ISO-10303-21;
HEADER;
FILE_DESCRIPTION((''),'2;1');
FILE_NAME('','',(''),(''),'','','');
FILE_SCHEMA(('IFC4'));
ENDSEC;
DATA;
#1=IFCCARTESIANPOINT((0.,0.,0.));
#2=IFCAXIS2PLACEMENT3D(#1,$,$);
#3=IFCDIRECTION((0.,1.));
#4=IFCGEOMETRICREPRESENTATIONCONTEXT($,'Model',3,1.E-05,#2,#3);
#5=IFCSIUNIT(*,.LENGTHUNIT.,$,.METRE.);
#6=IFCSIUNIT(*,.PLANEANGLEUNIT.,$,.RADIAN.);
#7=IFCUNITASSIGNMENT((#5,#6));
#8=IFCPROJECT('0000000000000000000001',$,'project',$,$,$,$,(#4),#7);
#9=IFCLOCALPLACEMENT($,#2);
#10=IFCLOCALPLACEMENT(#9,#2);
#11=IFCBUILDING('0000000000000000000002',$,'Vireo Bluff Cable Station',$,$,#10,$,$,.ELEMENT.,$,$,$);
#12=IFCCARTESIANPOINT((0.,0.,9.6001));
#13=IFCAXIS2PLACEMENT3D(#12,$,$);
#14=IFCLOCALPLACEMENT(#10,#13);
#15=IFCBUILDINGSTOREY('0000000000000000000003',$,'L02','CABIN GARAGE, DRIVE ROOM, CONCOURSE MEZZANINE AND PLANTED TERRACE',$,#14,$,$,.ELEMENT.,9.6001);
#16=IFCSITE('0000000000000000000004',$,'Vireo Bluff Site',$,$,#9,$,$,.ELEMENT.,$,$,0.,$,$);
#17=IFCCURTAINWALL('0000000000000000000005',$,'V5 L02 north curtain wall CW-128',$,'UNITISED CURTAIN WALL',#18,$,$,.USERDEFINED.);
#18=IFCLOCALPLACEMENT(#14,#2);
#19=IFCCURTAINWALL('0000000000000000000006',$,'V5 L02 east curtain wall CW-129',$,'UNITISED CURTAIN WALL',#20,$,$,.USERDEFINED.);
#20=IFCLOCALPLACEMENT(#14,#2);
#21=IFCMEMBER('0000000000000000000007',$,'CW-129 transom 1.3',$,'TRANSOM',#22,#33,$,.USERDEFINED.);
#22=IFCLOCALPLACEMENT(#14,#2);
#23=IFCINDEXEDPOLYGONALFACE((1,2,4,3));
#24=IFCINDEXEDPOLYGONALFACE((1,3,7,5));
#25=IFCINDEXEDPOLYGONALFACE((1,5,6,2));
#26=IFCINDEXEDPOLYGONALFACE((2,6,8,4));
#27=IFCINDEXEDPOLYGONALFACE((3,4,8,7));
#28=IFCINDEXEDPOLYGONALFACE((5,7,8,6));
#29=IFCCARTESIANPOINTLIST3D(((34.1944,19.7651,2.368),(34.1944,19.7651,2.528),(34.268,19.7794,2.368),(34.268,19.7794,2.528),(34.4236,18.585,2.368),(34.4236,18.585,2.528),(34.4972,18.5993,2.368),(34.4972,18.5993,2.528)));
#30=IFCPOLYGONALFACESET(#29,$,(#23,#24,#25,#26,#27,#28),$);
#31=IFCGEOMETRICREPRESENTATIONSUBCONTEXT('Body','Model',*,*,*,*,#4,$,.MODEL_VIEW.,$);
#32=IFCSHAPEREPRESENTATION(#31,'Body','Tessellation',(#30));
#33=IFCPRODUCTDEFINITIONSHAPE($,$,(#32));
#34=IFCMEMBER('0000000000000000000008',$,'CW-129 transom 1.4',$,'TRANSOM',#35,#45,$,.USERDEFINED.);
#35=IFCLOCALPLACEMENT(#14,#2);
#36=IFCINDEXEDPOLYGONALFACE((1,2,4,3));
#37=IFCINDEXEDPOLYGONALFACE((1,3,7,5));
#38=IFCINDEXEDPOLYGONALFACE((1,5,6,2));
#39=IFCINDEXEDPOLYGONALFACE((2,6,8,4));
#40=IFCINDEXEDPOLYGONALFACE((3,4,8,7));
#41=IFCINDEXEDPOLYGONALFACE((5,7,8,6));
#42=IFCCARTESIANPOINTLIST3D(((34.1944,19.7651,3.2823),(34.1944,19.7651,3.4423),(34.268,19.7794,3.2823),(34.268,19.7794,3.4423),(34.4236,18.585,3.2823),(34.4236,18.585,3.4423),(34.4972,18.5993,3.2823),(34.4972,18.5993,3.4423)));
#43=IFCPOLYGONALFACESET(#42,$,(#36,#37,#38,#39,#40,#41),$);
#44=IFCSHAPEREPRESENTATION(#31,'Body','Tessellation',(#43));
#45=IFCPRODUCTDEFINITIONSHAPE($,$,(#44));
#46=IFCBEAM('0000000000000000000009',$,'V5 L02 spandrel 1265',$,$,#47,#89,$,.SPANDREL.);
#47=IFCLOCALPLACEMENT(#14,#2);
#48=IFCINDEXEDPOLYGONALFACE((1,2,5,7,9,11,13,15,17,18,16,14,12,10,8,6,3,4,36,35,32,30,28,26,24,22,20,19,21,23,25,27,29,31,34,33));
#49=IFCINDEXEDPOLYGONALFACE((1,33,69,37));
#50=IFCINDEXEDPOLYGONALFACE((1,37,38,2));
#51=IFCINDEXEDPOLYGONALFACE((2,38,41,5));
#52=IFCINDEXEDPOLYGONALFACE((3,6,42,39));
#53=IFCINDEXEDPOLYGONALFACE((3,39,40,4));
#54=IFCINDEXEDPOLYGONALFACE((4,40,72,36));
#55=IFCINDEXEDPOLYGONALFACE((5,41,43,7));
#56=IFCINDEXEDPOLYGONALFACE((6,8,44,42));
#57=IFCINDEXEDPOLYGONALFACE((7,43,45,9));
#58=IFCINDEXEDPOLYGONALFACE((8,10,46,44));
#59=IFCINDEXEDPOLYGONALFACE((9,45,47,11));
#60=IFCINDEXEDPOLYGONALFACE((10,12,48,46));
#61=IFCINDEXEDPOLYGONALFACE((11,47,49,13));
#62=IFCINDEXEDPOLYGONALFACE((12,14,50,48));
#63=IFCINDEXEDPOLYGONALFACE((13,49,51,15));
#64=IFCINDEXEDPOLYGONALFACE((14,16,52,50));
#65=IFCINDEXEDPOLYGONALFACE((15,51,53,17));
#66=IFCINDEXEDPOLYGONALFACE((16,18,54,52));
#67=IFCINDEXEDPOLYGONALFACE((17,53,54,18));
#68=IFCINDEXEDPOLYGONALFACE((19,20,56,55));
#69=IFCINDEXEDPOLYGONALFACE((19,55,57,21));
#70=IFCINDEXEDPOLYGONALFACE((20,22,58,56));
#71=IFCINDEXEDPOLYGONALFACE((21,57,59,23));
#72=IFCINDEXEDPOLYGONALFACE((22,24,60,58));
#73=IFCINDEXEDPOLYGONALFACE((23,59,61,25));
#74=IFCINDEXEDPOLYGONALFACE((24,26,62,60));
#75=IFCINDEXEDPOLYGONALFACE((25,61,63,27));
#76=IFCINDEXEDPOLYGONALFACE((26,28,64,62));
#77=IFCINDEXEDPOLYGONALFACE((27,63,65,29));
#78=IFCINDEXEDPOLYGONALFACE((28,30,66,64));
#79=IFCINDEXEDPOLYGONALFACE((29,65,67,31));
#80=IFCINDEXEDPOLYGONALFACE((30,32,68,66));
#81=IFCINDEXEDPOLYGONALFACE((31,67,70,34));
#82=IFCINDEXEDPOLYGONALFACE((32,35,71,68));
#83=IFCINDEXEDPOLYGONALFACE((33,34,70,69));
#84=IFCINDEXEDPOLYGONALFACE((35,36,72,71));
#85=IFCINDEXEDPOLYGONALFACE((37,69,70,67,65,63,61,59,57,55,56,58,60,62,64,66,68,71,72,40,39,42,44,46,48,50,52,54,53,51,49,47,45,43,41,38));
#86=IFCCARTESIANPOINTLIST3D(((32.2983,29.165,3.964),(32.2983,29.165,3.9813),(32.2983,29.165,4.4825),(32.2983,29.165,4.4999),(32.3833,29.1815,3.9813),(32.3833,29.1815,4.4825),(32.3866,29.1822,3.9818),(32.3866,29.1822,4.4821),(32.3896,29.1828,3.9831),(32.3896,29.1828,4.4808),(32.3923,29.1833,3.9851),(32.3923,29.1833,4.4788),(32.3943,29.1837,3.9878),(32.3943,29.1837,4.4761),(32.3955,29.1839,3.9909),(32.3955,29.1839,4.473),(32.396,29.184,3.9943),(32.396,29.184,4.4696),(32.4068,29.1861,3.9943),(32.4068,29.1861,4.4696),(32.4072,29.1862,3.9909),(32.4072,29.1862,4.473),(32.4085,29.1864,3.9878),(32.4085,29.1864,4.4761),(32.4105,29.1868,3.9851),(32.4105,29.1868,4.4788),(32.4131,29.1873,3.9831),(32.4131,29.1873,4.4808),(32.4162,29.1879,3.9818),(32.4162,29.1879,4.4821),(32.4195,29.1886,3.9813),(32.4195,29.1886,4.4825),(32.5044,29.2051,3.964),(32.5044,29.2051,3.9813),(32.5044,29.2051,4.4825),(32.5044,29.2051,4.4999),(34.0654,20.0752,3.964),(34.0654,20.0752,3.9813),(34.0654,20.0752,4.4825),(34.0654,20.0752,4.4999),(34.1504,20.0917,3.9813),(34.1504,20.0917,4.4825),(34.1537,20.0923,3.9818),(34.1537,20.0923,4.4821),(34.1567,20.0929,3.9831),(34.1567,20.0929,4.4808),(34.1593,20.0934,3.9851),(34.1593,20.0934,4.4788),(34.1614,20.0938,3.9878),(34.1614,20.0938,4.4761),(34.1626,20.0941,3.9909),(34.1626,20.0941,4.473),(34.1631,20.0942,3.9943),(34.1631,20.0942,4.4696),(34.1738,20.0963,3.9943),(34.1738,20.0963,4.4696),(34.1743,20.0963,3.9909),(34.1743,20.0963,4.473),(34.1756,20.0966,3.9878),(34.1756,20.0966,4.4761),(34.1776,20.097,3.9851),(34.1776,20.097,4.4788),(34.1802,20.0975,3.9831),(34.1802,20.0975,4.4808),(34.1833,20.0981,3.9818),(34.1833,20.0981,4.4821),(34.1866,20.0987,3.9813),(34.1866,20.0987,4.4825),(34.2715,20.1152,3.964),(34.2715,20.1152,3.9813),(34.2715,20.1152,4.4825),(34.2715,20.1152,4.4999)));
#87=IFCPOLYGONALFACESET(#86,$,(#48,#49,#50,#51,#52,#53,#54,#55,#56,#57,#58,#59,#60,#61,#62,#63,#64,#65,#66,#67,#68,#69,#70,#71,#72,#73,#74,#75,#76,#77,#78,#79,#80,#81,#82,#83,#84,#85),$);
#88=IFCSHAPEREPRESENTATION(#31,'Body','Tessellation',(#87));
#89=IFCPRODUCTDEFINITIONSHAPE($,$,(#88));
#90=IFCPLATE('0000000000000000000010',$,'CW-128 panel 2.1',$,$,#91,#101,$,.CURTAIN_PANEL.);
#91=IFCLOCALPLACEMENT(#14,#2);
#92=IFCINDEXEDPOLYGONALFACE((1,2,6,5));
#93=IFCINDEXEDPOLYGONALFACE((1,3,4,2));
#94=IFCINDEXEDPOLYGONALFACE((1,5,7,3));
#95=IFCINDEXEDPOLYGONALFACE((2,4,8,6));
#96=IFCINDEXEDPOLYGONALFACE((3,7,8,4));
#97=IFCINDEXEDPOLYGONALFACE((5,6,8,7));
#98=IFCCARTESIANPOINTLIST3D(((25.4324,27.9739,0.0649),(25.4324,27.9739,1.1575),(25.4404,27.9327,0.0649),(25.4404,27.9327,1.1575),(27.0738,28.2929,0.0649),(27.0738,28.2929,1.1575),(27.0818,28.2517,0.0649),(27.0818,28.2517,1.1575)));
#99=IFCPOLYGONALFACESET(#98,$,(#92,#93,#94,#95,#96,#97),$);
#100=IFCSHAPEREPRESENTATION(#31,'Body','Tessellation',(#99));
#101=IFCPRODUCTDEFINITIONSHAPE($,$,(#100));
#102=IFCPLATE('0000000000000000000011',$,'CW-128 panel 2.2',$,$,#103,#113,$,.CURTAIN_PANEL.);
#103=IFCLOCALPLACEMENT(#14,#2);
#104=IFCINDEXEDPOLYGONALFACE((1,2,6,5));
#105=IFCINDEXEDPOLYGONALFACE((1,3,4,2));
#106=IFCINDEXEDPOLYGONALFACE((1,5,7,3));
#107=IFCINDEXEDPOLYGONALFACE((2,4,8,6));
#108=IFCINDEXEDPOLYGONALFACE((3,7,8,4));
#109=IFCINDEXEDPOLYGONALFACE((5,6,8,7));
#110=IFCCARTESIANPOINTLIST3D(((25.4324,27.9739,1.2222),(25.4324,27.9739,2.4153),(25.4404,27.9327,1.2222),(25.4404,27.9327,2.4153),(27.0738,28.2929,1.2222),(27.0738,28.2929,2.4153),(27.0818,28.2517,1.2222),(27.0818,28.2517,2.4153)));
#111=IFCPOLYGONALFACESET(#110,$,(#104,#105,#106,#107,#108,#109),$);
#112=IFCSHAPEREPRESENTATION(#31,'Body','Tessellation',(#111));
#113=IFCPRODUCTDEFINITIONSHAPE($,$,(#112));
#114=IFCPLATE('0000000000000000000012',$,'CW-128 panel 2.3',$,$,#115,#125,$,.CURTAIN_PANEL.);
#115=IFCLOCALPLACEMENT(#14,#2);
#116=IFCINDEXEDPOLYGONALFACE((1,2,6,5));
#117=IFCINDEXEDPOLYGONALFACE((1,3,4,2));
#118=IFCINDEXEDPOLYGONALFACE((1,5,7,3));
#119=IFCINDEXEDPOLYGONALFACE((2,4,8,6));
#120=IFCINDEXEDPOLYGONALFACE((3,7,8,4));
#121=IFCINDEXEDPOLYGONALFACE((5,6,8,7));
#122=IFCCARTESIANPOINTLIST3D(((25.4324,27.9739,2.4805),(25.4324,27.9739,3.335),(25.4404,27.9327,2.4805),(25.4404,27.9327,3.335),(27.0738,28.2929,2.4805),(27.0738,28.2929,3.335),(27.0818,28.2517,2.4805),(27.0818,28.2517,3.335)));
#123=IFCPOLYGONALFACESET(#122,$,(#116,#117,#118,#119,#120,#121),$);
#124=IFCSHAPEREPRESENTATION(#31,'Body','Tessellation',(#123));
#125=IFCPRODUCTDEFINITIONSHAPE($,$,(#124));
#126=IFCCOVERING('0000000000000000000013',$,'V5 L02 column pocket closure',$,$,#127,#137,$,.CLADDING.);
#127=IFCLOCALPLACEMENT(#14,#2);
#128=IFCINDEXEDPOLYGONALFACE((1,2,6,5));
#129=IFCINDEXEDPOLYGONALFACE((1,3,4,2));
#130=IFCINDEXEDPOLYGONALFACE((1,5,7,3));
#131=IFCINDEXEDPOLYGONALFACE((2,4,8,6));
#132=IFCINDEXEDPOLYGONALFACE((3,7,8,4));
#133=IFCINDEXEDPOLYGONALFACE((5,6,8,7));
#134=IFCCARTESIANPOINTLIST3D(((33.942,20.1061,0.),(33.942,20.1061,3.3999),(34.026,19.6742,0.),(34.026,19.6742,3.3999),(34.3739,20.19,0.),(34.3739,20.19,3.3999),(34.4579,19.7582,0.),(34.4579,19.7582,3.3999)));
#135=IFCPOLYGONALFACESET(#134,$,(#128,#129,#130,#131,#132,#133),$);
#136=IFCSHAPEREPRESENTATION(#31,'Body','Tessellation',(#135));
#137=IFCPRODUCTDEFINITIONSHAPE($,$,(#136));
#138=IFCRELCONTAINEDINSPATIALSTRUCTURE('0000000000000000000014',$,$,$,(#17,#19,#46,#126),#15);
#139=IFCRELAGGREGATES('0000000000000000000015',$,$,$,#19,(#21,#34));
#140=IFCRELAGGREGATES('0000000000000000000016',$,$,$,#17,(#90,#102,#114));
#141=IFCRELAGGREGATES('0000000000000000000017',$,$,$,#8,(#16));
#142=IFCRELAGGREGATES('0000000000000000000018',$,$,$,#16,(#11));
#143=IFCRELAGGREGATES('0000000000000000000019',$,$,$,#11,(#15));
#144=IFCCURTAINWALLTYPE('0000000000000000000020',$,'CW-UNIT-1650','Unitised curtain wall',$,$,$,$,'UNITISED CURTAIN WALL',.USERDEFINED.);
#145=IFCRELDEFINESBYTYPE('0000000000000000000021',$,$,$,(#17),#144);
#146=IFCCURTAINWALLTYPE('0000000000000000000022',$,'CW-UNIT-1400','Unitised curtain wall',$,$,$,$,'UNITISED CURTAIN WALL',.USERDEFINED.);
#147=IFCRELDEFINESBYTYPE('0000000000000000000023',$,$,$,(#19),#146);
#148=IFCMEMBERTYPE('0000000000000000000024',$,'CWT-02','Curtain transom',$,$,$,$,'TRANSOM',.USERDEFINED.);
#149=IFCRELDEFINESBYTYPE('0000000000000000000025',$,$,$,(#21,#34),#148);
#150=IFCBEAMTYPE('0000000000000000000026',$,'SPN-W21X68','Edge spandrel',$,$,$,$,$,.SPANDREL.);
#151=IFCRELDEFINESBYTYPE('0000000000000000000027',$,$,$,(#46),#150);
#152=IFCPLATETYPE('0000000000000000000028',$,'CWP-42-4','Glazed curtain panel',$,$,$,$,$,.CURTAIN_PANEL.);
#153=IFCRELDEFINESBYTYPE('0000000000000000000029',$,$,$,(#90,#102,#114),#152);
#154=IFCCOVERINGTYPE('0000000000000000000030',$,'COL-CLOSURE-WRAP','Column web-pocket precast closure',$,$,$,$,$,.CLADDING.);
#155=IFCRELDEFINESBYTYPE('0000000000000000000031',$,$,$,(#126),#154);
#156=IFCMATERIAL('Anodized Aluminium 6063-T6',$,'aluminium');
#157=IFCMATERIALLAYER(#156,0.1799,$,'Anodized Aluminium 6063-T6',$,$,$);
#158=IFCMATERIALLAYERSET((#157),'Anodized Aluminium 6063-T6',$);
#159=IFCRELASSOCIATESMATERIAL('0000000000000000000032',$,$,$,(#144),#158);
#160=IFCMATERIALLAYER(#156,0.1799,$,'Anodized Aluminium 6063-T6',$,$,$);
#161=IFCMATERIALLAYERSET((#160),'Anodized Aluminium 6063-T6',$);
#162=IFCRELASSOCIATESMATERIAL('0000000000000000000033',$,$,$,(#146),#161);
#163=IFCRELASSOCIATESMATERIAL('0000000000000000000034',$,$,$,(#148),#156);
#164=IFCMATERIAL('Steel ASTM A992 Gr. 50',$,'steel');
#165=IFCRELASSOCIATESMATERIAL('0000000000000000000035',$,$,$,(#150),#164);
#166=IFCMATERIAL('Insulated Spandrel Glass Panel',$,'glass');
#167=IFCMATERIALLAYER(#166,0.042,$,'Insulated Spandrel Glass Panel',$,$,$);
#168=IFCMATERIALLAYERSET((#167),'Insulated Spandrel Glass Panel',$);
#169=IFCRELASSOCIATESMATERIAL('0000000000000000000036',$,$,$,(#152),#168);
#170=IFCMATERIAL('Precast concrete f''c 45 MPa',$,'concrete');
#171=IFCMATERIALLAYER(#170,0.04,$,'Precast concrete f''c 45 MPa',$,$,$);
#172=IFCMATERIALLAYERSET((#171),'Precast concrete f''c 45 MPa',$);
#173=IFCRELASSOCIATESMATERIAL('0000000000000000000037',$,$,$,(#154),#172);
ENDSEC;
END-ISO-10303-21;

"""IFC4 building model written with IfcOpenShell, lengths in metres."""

from ifc_helpers import new_model, si_unit, direction, frame, origin, origin_2d, place, context, subcontext, project, spatial, rectangle, i_section, extrude, material, layer, layer_set, material_profile, profile_set, type_object, element, aggregate, save


model = new_model("IFC4")

# Units and contexts
model_context = context("Model", 3, precision=1e-05, world=origin(), true_north=direction((0.0, 1.0)))
body_context = subcontext(model_context, "Body", "Model", "MODEL_VIEW")
ifc_project = project(units=[si_unit("LENGTHUNIT", "METRE"), si_unit("PLANEANGLEUNIT", "RADIAN")], contexts=[model_context])

# Site, building, storey
site_placement = place(None, origin())
site = spatial("IfcSite", under=ifc_project, at=site_placement, Name="Vireo Bluff Site", CompositionType="ELEMENT", RefElevation=0.0)
building_placement = place(site_placement, origin())
building = spatial("IfcBuilding", under=site, at=building_placement, Name="Vireo Bluff Cable Station", CompositionType="ELEMENT")
storey_placement = place(building_placement, frame((0.0, 0.0, 9.6001)))
storey = spatial("IfcBuildingStorey", under=building, at=storey_placement, Name="L02", Description="CABIN GARAGE, DRIVE ROOM, CONCOURSE MEZZANINE AND PLANTED TERRACE", CompositionType="ELEMENT", Elevation=9.6001)

# Shared definitions
ifc_material_1 = material(Name="Steel ASTM A992 Gr. 50", Category="steel")

# Curtain walls
ifc_material_2 = material(Name="Anodized Aluminium 6063-T6", Category="aluminium")
ifc_layer_1 = layer(ifc_material_2, 0.1799, Name="Anodized Aluminium 6063-T6")
ifc_layer_set_1 = layer_set([ifc_layer_1], Name="Anodized Aluminium 6063-T6")
curtain_wall_type_1 = type_object("IfcCurtainWallType", Name="CW-UNIT-1650", Description="Unitised curtain wall", ElementType="UNITISED CURTAIN WALL", PredefinedType="USERDEFINED", material=ifc_layer_set_1)
curtain_wall_1_placement = place(storey_placement, origin())
curtain_wall_1 = element("IfcCurtainWall", 1, at=curtain_wall_1_placement, inside=storey, type_object=curtain_wall_type_1, Name="V5 L02 north curtain wall CW-128", ObjectType="UNITISED CURTAIN WALL", PredefinedType="USERDEFINED")
ifc_layer_2 = layer(ifc_material_2, 0.1799, Name="Anodized Aluminium 6063-T6")
ifc_layer_set_2 = layer_set([ifc_layer_2], Name="Anodized Aluminium 6063-T6")
curtain_wall_type_2 = type_object("IfcCurtainWallType", Name="CW-UNIT-1400", Description="Unitised curtain wall", ElementType="UNITISED CURTAIN WALL", PredefinedType="USERDEFINED", material=ifc_layer_set_2)
curtain_wall_2_placement = place(storey_placement, origin())
curtain_wall_2 = element("IfcCurtainWall", 2, at=curtain_wall_2_placement, inside=storey, type_object=curtain_wall_type_2, Name="V5 L02 east curtain wall CW-129", ObjectType="UNITISED CURTAIN WALL", PredefinedType="USERDEFINED")

# Members
ifc_material_profile_1 = material_profile(ifc_material_2, rectangle(XDim=0.075, YDim=0.1599, at=origin_2d()), Name="ALU-T-75X160")
ifc_profile_set_1 = profile_set([ifc_material_profile_1], Name="Anodized Aluminium 6063-T6")
member_type_1 = type_object("IfcMemberType", Name="CWT-02", Description="Curtain transom", ElementType="TRANSOM", PredefinedType="USERDEFINED", material=ifc_profile_set_1)
member_1_placement = place(storey_placement, frame((34.2312, 19.7722, 2.448), z_axis=(0.190685, -0.981651, 0.0), x_axis=(0.981651, 0.190685, 0.0)))
member_1 = element("IfcMember", 3, at=member_1_placement, type_object=member_type_1, Name="CW-129 transom 1.3", ObjectType="TRANSOM", PredefinedType="USERDEFINED", context=body_context, shape_type="SweptSolid", body=[
    extrude(rectangle(XDim=0.075, YDim=0.1599, at=origin_2d()), origin(), (0.0, 0.0, 1.0), 1.2021),
])
member_2_placement = place(storey_placement, frame((34.2312, 19.7722, 3.3623), z_axis=(0.190685, -0.981651, 0.0), x_axis=(0.981651, 0.190685, 0.0)))
member_2 = element("IfcMember", 4, at=member_2_placement, type_object=member_type_1, Name="CW-129 transom 1.4", ObjectType="TRANSOM", PredefinedType="USERDEFINED", context=body_context, shape_type="SweptSolid", body=[
    extrude(rectangle(XDim=0.075, YDim=0.1599, at=origin_2d()), origin(), (0.0, 0.0, 1.0), 1.2021),
])
aggregate(curtain_wall_2, [member_1, member_2])

# Beam
ifc_material_profile_2 = material_profile(ifc_material_1, i_section(OverallWidth=0.21, OverallDepth=0.5359, WebThickness=0.011, FlangeThickness=0.0173, FilletRadius=0.0129, at=origin_2d()), Name="W21X68")
ifc_profile_set_2 = profile_set([ifc_material_profile_2], Name="Steel ASTM A992 Gr. 50")
beam_type = type_object("IfcBeamType", Name="SPN-W21X68", Description="Edge spandrel", PredefinedType="SPANDREL", material=ifc_profile_set_2)
beam_placement = place(storey_placement, frame((34.1685, 20.0952, 4.2319), z_axis=(-0.19083, 0.981623, 0.0), x_axis=(-0.981623, -0.19083, 0.0)))
element("IfcBeam", 5, at=beam_placement, inside=storey, type_object=beam_type, Name="V5 L02 spandrel 1265", PredefinedType="SPANDREL", context=body_context, shape_type="SweptSolid", body=[
    extrude(i_section(OverallWidth=0.21, OverallDepth=0.5359, WebThickness=0.011, FlangeThickness=0.0173, FilletRadius=0.0129, at=origin_2d()), origin(), (0.0, 0.0, 1.0), 9.26),
])

# Plates
ifc_material_3 = material(Name="Insulated Spandrel Glass Panel", Category="glass")
ifc_layer_3 = layer(ifc_material_3, 0.042, Name="Insulated Spandrel Glass Panel")
ifc_layer_set_3 = layer_set([ifc_layer_3], Name="Insulated Spandrel Glass Panel")
plate_type = type_object("IfcPlateType", Name="CWP-42-4", Description="Glazed curtain panel", PredefinedType="CURTAIN_PANEL", material=ifc_layer_set_3)
plate_1_placement = place(storey_placement, frame((26.2571, 28.1128, 0.0649), z_axis=(0.0, 0.0, 1.0), x_axis=(0.981627, 0.190809, 0.0)))
plate_1 = element("IfcPlate", 6, at=plate_1_placement, type_object=plate_type, Name="CW-128 panel 2.1", PredefinedType="CURTAIN_PANEL", context=body_context, shape_type="SweptSolid", body=[
    extrude(rectangle(XDim=1.6721, YDim=0.042, at=origin_2d()), origin(), (0.0, 0.0, 1.0), 1.0925),
])
plate_2_placement = place(storey_placement, frame((26.2571, 28.1128, 1.2222), z_axis=(0.0, 0.0, 1.0), x_axis=(0.981627, 0.190809, 0.0)))
plate_2 = element("IfcPlate", 7, at=plate_2_placement, type_object=plate_type, Name="CW-128 panel 2.2", PredefinedType="CURTAIN_PANEL", context=body_context, shape_type="SweptSolid", body=[
    extrude(rectangle(XDim=1.6721, YDim=0.042, at=origin_2d()), origin(), (0.0, 0.0, 1.0), 1.1931),
])
plate_3_placement = place(storey_placement, frame((26.2571, 28.1128, 2.4805), z_axis=(0.0, 0.0, 1.0), x_axis=(0.981627, 0.190809, 0.0)))
plate_3 = element("IfcPlate", 8, at=plate_3_placement, type_object=plate_type, Name="CW-128 panel 2.3", PredefinedType="CURTAIN_PANEL", context=body_context, shape_type="SweptSolid", body=[
    extrude(rectangle(XDim=1.6721, YDim=0.042, at=origin_2d()), origin(), (0.0, 0.0, 1.0), 0.8545),
])
aggregate(curtain_wall_1, [plate_1, plate_2, plate_3])

# Covering
ifc_material_4 = material(Name="Precast concrete f'c 45 MPa", Category="concrete")
ifc_layer_4 = layer(ifc_material_4, 0.04, Name="Precast concrete f'c 45 MPa")
ifc_layer_set_4 = layer_set([ifc_layer_4], Name="Precast concrete f'c 45 MPa")
covering_type = type_object("IfcCoveringType", Name="COL-CLOSURE-WRAP", Description="Column web-pocket precast closure", PredefinedType="CLADDING", material=ifc_layer_set_4)
covering_placement = place(storey_placement, frame((34.2, 19.9321, 0.0), z_axis=(0.0, 0.0, 1.0), x_axis=(0.981627, 0.190809, 0.0)))
element("IfcCovering", 9, at=covering_placement, inside=storey, type_object=covering_type, Name="V5 L02 column pocket closure", PredefinedType="CLADDING", context=body_context, shape_type="SweptSolid", body=[
    extrude(rectangle(XDim=0.4399, YDim=0.4399, at=origin_2d()), origin(), (0.0, 0.0, 1.0), 3.3999),
])

save(model, "model.ifc")
